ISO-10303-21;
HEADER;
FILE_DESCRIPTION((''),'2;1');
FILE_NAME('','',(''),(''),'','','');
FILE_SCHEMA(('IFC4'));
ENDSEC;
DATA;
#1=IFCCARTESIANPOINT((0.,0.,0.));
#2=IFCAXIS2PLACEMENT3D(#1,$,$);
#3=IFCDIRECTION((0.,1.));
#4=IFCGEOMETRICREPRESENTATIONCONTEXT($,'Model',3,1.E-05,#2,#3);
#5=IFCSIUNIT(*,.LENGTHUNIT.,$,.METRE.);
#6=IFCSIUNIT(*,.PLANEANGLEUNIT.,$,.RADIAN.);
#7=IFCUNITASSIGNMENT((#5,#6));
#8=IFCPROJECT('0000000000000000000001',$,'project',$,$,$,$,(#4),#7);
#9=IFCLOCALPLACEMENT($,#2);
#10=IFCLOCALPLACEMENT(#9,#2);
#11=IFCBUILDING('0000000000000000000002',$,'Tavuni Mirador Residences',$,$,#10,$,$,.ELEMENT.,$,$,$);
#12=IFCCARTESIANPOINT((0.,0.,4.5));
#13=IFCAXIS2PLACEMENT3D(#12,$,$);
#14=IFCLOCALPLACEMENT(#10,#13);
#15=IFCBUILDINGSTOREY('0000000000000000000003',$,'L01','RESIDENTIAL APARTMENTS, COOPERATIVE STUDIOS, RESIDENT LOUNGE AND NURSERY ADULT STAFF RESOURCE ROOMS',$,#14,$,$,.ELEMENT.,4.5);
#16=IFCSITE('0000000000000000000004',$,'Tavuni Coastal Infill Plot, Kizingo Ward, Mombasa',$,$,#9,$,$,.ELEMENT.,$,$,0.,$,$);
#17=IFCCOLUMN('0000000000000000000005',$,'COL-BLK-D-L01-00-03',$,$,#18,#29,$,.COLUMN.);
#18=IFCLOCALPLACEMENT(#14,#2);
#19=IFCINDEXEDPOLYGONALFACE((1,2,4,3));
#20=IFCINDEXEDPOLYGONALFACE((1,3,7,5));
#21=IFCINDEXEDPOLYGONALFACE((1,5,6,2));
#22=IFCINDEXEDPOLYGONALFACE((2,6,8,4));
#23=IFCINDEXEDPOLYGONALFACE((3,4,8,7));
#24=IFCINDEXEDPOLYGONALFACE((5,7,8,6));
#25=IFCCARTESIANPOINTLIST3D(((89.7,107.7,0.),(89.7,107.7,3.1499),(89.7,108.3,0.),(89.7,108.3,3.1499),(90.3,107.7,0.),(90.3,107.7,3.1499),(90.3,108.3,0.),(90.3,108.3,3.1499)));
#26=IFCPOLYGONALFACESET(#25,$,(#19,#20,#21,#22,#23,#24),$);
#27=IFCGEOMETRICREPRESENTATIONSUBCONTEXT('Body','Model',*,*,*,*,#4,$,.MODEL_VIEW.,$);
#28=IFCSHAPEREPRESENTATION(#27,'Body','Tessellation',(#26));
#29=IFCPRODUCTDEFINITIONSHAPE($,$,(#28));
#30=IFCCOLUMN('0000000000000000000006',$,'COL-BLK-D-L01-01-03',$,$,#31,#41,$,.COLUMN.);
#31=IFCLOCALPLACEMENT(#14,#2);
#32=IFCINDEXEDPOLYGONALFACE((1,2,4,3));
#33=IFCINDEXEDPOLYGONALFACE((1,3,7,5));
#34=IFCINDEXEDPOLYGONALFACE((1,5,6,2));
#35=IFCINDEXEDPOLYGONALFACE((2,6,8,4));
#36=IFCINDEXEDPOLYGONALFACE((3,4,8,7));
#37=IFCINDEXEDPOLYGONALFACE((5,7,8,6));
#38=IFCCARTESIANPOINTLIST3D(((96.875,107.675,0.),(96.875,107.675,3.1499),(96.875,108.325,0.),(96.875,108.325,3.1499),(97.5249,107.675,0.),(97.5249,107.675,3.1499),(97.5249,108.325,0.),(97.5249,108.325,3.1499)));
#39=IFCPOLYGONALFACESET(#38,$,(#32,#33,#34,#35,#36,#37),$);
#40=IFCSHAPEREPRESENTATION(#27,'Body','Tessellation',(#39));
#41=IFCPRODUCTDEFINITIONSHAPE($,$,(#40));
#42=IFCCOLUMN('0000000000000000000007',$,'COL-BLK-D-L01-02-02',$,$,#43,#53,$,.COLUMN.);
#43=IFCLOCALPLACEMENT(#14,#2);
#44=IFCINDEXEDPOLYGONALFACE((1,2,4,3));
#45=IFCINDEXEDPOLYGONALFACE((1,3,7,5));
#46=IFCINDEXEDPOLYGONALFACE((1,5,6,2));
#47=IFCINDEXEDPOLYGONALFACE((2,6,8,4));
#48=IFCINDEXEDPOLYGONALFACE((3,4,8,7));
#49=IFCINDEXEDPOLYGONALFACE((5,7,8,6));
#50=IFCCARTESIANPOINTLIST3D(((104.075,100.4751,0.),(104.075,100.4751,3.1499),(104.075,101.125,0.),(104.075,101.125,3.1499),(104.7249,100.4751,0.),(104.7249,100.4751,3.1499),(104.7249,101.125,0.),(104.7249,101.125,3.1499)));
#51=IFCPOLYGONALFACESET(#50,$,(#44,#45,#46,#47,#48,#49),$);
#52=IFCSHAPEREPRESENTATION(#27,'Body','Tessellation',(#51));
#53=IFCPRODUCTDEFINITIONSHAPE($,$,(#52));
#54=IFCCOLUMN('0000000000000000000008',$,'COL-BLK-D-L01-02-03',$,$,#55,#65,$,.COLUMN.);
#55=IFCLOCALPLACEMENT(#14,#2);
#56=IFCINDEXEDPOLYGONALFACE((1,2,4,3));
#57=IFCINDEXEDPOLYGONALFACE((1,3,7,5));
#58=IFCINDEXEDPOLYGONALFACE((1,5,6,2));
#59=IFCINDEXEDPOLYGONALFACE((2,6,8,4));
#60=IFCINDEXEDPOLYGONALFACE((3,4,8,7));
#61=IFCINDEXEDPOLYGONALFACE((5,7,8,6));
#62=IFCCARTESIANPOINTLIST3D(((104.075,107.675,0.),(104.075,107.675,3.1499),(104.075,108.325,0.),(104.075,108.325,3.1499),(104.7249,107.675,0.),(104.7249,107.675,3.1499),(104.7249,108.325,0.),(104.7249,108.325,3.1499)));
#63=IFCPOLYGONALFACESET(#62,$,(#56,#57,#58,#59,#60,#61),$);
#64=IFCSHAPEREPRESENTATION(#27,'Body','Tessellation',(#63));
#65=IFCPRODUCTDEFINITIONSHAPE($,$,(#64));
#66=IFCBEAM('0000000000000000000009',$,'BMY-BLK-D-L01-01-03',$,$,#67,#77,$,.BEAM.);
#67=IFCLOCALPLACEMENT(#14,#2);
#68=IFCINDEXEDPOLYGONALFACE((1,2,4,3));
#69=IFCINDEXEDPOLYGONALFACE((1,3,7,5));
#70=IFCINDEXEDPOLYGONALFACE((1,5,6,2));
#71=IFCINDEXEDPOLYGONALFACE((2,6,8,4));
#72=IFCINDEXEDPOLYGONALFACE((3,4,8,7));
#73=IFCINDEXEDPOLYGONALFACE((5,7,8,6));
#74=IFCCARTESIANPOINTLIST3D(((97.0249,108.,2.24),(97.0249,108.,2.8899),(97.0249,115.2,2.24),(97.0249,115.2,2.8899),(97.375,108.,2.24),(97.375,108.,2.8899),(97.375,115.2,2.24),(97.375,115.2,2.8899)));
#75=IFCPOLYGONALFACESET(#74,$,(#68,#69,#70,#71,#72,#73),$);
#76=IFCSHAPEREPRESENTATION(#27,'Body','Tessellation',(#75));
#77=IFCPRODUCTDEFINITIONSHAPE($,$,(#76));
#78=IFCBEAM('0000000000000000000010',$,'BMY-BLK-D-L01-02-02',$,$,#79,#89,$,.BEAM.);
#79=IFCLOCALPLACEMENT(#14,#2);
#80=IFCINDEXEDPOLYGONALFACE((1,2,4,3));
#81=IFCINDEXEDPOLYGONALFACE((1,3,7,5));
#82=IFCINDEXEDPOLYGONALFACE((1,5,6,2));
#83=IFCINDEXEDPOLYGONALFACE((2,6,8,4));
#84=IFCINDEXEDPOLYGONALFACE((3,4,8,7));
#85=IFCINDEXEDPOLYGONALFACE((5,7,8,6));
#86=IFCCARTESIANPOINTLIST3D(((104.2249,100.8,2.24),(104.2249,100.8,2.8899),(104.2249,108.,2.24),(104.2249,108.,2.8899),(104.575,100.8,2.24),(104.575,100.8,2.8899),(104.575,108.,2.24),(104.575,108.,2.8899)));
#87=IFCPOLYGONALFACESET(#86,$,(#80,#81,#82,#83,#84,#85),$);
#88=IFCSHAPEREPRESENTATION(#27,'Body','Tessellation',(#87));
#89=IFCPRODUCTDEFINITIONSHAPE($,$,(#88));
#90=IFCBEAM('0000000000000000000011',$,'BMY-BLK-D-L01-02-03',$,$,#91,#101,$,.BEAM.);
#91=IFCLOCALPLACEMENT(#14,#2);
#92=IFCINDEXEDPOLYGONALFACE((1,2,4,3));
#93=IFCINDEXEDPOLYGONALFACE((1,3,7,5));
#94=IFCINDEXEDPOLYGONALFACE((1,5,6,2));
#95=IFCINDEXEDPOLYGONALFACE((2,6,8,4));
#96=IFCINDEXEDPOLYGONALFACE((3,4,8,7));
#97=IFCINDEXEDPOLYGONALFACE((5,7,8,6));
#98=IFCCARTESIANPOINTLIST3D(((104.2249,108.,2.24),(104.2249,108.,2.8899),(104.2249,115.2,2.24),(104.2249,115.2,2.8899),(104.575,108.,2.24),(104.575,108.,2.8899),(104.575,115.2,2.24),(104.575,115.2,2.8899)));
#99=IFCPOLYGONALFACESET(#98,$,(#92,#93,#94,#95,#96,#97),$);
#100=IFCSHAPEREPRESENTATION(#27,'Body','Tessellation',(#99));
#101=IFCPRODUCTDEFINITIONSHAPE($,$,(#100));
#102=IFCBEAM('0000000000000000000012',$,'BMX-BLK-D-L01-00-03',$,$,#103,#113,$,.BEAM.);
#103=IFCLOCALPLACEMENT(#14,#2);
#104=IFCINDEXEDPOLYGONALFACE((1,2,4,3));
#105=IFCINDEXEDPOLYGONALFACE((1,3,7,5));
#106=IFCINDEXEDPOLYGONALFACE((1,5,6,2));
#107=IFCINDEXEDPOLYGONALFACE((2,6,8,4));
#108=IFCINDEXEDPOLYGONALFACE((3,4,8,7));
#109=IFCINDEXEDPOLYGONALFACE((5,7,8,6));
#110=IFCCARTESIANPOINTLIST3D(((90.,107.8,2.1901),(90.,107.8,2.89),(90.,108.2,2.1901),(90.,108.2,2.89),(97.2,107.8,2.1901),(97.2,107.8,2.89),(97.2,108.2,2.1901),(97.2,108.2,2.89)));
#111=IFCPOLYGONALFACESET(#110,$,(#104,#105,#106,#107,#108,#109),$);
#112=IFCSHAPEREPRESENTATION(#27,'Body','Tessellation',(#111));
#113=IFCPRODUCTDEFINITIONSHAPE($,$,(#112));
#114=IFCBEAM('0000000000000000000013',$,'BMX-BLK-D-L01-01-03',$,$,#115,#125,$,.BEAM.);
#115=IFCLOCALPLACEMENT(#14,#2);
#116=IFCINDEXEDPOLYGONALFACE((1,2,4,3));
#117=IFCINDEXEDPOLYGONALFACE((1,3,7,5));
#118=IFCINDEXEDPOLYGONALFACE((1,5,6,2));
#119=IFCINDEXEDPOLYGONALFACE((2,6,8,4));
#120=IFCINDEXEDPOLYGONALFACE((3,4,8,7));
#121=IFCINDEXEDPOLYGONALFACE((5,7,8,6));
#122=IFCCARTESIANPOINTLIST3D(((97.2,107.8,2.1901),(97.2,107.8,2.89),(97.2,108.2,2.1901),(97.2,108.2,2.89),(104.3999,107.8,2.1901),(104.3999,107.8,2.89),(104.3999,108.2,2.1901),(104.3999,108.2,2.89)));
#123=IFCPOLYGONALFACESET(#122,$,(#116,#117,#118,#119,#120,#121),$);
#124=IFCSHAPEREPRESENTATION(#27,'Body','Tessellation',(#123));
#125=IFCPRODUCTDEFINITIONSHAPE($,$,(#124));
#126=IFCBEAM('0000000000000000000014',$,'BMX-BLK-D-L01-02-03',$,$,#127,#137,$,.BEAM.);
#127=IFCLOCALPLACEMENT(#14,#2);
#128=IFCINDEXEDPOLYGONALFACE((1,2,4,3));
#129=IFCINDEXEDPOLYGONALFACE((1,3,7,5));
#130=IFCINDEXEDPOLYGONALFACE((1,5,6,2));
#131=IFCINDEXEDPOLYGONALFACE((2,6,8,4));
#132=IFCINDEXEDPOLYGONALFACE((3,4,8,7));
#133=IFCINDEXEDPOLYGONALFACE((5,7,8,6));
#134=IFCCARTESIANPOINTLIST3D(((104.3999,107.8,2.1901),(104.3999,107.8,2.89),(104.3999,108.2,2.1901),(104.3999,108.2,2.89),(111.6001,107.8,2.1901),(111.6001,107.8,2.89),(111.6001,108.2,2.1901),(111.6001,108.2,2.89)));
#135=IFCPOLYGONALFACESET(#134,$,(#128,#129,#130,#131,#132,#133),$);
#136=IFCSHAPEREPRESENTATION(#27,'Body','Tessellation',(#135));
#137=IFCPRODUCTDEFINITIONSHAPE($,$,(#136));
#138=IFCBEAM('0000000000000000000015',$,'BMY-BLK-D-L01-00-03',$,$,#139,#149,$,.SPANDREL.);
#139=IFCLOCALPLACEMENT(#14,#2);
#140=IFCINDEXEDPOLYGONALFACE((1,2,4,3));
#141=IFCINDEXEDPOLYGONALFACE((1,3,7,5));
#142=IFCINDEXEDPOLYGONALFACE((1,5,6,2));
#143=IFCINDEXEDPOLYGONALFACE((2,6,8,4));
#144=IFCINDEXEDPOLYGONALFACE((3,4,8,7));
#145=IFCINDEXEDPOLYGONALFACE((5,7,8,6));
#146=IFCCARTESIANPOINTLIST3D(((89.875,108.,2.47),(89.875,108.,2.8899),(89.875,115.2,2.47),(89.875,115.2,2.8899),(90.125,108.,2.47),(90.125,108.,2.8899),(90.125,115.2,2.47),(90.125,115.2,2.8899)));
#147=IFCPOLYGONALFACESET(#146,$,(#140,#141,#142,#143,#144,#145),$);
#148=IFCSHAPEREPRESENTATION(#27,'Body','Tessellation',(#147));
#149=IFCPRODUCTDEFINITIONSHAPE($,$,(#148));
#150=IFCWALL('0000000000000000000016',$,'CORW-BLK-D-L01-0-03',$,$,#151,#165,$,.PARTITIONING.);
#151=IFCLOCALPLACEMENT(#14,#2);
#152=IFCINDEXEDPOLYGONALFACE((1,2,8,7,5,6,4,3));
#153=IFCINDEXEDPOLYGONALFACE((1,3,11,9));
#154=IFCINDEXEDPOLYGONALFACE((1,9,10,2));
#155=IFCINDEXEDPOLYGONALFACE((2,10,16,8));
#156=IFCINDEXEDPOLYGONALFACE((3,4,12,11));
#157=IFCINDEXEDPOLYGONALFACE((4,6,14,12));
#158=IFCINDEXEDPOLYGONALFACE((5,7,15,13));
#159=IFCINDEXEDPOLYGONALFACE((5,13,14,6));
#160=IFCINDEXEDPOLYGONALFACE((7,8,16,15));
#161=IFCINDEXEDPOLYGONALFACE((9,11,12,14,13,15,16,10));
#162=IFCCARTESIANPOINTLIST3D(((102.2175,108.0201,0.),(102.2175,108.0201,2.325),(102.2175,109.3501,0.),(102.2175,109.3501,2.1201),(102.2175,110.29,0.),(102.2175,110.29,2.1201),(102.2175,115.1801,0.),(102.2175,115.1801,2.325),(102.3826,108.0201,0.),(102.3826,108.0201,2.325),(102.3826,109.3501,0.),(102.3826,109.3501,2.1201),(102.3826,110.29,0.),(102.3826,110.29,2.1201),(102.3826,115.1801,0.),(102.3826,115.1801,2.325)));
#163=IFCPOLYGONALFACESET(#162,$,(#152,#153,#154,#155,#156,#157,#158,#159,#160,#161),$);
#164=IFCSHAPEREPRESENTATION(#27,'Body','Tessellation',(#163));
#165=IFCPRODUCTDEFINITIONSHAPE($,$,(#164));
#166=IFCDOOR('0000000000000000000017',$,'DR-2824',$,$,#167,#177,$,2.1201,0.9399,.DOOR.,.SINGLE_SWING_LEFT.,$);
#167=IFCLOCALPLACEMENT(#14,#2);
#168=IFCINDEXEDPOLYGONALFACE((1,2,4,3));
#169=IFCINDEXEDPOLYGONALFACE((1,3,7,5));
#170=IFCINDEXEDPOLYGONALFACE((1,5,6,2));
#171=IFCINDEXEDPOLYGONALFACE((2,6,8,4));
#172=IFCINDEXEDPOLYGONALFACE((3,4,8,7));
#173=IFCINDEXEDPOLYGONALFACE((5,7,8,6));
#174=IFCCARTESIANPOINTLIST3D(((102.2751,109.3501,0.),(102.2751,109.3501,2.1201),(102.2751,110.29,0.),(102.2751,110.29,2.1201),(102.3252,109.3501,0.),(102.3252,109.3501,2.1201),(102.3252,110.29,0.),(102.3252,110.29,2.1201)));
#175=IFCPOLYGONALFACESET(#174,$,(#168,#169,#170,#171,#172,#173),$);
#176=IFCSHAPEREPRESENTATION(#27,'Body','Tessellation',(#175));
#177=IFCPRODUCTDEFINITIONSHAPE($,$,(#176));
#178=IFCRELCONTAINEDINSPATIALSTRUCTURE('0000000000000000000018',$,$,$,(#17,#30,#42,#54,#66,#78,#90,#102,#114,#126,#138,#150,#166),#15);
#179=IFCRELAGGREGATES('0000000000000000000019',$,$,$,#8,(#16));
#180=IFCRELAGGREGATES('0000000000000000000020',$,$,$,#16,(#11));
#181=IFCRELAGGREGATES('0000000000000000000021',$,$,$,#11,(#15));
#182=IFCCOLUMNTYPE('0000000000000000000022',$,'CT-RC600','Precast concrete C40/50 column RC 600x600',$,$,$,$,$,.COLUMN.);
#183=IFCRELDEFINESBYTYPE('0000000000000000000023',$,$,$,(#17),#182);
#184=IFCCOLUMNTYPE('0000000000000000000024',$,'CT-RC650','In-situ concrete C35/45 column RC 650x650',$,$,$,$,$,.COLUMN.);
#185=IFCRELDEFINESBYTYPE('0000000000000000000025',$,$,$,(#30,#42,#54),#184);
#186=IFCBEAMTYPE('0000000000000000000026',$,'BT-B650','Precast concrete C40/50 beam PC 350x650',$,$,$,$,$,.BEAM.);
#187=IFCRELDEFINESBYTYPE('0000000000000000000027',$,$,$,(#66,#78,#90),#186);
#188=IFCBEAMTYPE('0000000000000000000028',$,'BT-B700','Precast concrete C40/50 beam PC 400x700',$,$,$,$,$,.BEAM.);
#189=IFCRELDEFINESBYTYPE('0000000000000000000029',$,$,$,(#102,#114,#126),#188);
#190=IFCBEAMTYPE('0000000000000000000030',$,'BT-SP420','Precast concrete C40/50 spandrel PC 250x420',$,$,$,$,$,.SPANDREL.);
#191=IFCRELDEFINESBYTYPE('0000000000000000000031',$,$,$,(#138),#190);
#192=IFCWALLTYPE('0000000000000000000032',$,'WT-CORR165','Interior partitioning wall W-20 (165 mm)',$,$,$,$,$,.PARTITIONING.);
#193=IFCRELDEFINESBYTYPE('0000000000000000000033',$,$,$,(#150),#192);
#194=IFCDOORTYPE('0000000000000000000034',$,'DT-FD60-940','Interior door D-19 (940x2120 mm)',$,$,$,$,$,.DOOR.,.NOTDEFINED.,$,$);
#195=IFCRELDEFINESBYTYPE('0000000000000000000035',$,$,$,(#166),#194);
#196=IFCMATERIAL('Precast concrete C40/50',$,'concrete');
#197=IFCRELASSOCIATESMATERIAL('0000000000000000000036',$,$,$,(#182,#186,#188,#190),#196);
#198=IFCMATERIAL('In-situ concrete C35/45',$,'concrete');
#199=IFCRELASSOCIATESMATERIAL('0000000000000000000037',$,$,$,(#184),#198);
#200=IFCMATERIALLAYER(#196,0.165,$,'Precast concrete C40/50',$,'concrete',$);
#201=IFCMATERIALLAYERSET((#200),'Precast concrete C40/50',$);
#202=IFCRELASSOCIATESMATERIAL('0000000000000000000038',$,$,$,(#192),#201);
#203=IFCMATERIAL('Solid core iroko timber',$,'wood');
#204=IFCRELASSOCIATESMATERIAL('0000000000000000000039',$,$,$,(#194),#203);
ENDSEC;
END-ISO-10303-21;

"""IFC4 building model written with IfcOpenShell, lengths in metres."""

from ifc_helpers import new_model, si_unit, direction, frame, frame_2d, origin, origin_2d, place, context, subcontext, project, spatial, rectangle, extrude, material, layer, layer_set, material_profile, profile_set, type_object, element, fill, save


model = new_model("IFC4")

# Units and contexts
model_context = context("Model", 3, precision=1e-05, world=origin(), true_north=direction((0.0, 1.0)))
body_context = subcontext(model_context, "Body", "Model", "MODEL_VIEW")
ifc_project = project(units=[si_unit("LENGTHUNIT", "METRE"), si_unit("PLANEANGLEUNIT", "RADIAN")], contexts=[model_context])

# Site, building, storey
site_placement = place(None, origin())
site = spatial("IfcSite", under=ifc_project, at=site_placement, Name="Tavuni Coastal Infill Plot, Kizingo Ward, Mombasa", CompositionType="ELEMENT", RefElevation=0.0)
building_placement = place(site_placement, origin())
building = spatial("IfcBuilding", under=site, at=building_placement, Name="Tavuni Mirador Residences", CompositionType="ELEMENT")
storey_placement = place(building_placement, frame((0.0, 0.0, 4.5)))
storey = spatial("IfcBuildingStorey", under=building, at=storey_placement, Name="L01", Description="RESIDENTIAL APARTMENTS, COOPERATIVE STUDIOS, RESIDENT LOUNGE AND NURSERY ADULT STAFF RESOURCE ROOMS", CompositionType="ELEMENT", Elevation=4.5)

# Columns
ifc_material_1 = material(Name="Precast concrete C40/50", Category="concrete")
ifc_material_profile_1 = material_profile(ifc_material_1, rectangle(XDim=0.6001, YDim=0.6001, at=origin_2d()), Name="RC 600x600", Category="concrete")
ifc_profile_set_1 = profile_set([ifc_material_profile_1], Name="Precast concrete C40/50")
column_type_1 = type_object("IfcColumnType", Name="CT-RC600", Description="Precast concrete C40/50 column RC 600x600", PredefinedType="COLUMN", material=ifc_profile_set_1)
column_placement = place(storey_placement, frame((90.0, 108.0, 0.0), z_axis=(0.0, 0.0, 1.0), x_axis=(1.0, 0.0, 0.0)))
element("IfcColumn", 1, at=column_placement, inside=storey, type_object=column_type_1, Name="COL-BLK-D-L01-00-03", PredefinedType="COLUMN", context=body_context, shape_type="SweptSolid", body=[
    extrude(rectangle(XDim=0.6001, YDim=0.6001, at=origin_2d()), origin(), (0.0, 0.0, 1.0), 3.1499),
])
ifc_material_2 = material(Name="In-situ concrete C35/45", Category="concrete")
ifc_material_profile_2 = material_profile(ifc_material_2, rectangle(XDim=0.6499, YDim=0.6499, at=origin_2d()), Name="RC 650x650", Category="concrete")
ifc_profile_set_2 = profile_set([ifc_material_profile_2], Name="In-situ concrete C35/45")
column_type_2 = type_object("IfcColumnType", Name="CT-RC650", Description="In-situ concrete C35/45 column RC 650x650", PredefinedType="COLUMN", material=ifc_profile_set_2)
for number, where, z_axis, x_axis, name in (
    (2, (97.2, 108.0, 0.0), (0.0, 0.0, 1.0), (1.0, 0.0, 0.0), "COL-BLK-D-L01-01-03"),
    (3, (104.3999, 100.8, 0.0), (0.0, 0.0, 1.0), (1.0, 0.0, 0.0), "COL-BLK-D-L01-02-02"),
    (4, (104.3999, 108.0, 0.0), (0.0, 0.0, 1.0), (1.0, 0.0, 0.0), "COL-BLK-D-L01-02-03"),
):
    element("IfcColumn", number, at=place(storey_placement, frame(where, z_axis=z_axis, x_axis=x_axis)), inside=storey, type_object=column_type_2, Name=name, PredefinedType="COLUMN", context=body_context, shape_type="SweptSolid", body=[
        extrude(rectangle(XDim=0.6499, YDim=0.6499, at=origin_2d()), origin(), (0.0, 0.0, 1.0), 3.1499),
    ])

# Beams
ifc_material_profile_3 = material_profile(ifc_material_1, rectangle(XDim=0.3501, YDim=0.6499, at=origin_2d()), Name="PC 350x650", Category="concrete")
ifc_profile_set_3 = profile_set([ifc_material_profile_3], Name="Precast concrete C40/50")
beam_type_1 = type_object("IfcBeamType", Name="BT-B650", Description="Precast concrete C40/50 beam PC 350x650", PredefinedType="BEAM", material=ifc_profile_set_3)
for number, where, z_axis, x_axis, name in (
    (5, (97.2, 108.0, 2.5649), (0.0, 1.0, 0.0), (-1.0, 0.0, 0.0), "BMY-BLK-D-L01-01-03"),
    (6, (104.3999, 100.8, 2.5649), (0.0, 1.0, 0.0), (-1.0, 0.0, 0.0), "BMY-BLK-D-L01-02-02"),
    (7, (104.3999, 108.0, 2.5649), (0.0, 1.0, 0.0), (-1.0, 0.0, 0.0), "BMY-BLK-D-L01-02-03"),
):
    element("IfcBeam", number, at=place(storey_placement, frame(where, z_axis=z_axis, x_axis=x_axis)), inside=storey, type_object=beam_type_1, Name=name, PredefinedType="BEAM", context=body_context, shape_type="SweptSolid", body=[
        extrude(rectangle(XDim=0.3501, YDim=0.6499, at=origin_2d()), origin(), (0.0, 0.0, 1.0), 7.2),
    ])
ifc_material_profile_4 = material_profile(ifc_material_1, rectangle(XDim=0.3999, YDim=0.7, at=origin_2d()), Name="PC 400x700", Category="concrete")
ifc_profile_set_4 = profile_set([ifc_material_profile_4], Name="Precast concrete C40/50")
beam_type_2 = type_object("IfcBeamType", Name="BT-B700", Description="Precast concrete C40/50 beam PC 400x700", PredefinedType="BEAM", material=ifc_profile_set_4)
for number, where, z_axis, x_axis, name in (
    (8, (90.0, 108.0, 2.54), (1.0, 0.0, 0.0), (0.0, 1.0, 0.0), "BMX-BLK-D-L01-00-03"),
    (9, (97.2, 108.0, 2.54), (1.0, 0.0, 0.0), (0.0, 1.0, 0.0), "BMX-BLK-D-L01-01-03"),
):
    element("IfcBeam", number, at=place(storey_placement, frame(where, z_axis=z_axis, x_axis=x_axis)), inside=storey, type_object=beam_type_2, Name=name, PredefinedType="BEAM", context=body_context, shape_type="SweptSolid", body=[
        extrude(rectangle(XDim=0.3999, YDim=0.7, at=origin_2d()), origin(), (0.0, 0.0, 1.0), 7.2),
    ])
beam_1_placement = place(storey_placement, frame((104.3999, 108.0, 2.54), z_axis=(1.0, 0.0, 0.0), x_axis=(0.0, 1.0, 0.0)))
element("IfcBeam", 10, at=beam_1_placement, inside=storey, type_object=beam_type_2, Name="BMX-BLK-D-L01-02-03", PredefinedType="BEAM", context=body_context, shape_type="SweptSolid", body=[
    extrude(rectangle(XDim=0.3999, YDim=0.7, at=origin_2d()), origin(), (0.0, 0.0, 1.0), 7.2002),
])
ifc_material_profile_5 = material_profile(ifc_material_1, rectangle(XDim=0.25, YDim=0.4199, at=origin_2d()), Name="PC 250x420", Category="concrete")
ifc_profile_set_5 = profile_set([ifc_material_profile_5], Name="Precast concrete C40/50")
beam_type_3 = type_object("IfcBeamType", Name="BT-SP420", Description="Precast concrete C40/50 spandrel PC 250x420", PredefinedType="SPANDREL", material=ifc_profile_set_5)
beam_2_placement = place(storey_placement, frame((90.0, 108.0, 2.6799), z_axis=(0.0, 1.0, 0.0), x_axis=(-1.0, 0.0, 0.0)))
element("IfcBeam", 11, at=beam_2_placement, inside=storey, type_object=beam_type_3, Name="BMY-BLK-D-L01-00-03", PredefinedType="SPANDREL", context=body_context, shape_type="SweptSolid", body=[
    extrude(rectangle(XDim=0.25, YDim=0.4199, at=origin_2d()), origin(), (0.0, 0.0, 1.0), 7.2),
])

# Wall, opening, door
ifc_layer_1 = layer(ifc_material_1, 0.165, Name="Precast concrete C40/50", Category="concrete")
ifc_layer_set_1 = layer_set([ifc_layer_1], Name="Precast concrete C40/50")
wall_type_1 = type_object("IfcWallType", Name="WT-CORR165", Description="Interior partitioning wall W-20 (165 mm)", PredefinedType="PARTITIONING", material=ifc_layer_set_1)
ifc_material_3 = material(Name="Solid core iroko timber", Category="wood")
wall_1_placement = place(storey_placement, frame((102.3, 108.02, 0.0), z_axis=(0.0, 0.0, 1.0), x_axis=(0.0, 1.0, 0.0)))
wall_1 = element("IfcWall", 12, at=wall_1_placement, inside=storey, type_object=wall_type_1, Name="CORW-BLK-D-L01-0-03", PredefinedType="PARTITIONING", context=body_context, shape_type="SweptSolid", body=[
    extrude(rectangle(XDim=7.1599, YDim=0.165, at=frame_2d((3.5801, 0.0))), origin(), (0.0, 0.0, 1.0), 2.325),
])
opening_1_placement = place(wall_1_placement, frame((1.3301, 0.0, 0.0)))
opening_1 = element("IfcOpeningElement", 13, at=opening_1_placement, cuts=wall_1, PredefinedType="OPENING", context=body_context, shape_type="SweptSolid", body=[
    extrude(rectangle(XDim=0.9399, YDim=2.1201, at=frame_2d((0.47, 1.0601))), frame((0.0, 0.0925, 0.0), z_axis=(0.0, -1.0, 0.0), x_axis=(1.0, 0.0, 0.0)), (0.0, 0.0, 1.0), 0.1851),
])
door_type_1 = type_object("IfcDoorType", Name="DT-FD60-940", Description="Interior door D-19 (940x2120 mm)", OperationType="NOTDEFINED", PredefinedType="DOOR", material=ifc_material_3)
door_1_placement = place(opening_1_placement, origin())
door_1 = element("IfcDoor", 14, at=door_1_placement, inside=storey, type_object=door_type_1, Name="DR-2824", OperationType="SINGLE_SWING_LEFT", OverallHeight=2.1201, OverallWidth=0.9399, PredefinedType="DOOR", context=body_context, shape_type="SweptSolid", body=[
    extrude(rectangle(XDim=0.9399, YDim=2.1201, at=frame_2d((0.47, 1.0601))), frame((0.0, 0.0249, 0.0), z_axis=(0.0, -1.0, 0.0), x_axis=(1.0, 0.0, 0.0)), (0.0, 0.0, 1.0), 0.05),
])
fill(opening_1, door_1)

save(model, "model.ifc")
